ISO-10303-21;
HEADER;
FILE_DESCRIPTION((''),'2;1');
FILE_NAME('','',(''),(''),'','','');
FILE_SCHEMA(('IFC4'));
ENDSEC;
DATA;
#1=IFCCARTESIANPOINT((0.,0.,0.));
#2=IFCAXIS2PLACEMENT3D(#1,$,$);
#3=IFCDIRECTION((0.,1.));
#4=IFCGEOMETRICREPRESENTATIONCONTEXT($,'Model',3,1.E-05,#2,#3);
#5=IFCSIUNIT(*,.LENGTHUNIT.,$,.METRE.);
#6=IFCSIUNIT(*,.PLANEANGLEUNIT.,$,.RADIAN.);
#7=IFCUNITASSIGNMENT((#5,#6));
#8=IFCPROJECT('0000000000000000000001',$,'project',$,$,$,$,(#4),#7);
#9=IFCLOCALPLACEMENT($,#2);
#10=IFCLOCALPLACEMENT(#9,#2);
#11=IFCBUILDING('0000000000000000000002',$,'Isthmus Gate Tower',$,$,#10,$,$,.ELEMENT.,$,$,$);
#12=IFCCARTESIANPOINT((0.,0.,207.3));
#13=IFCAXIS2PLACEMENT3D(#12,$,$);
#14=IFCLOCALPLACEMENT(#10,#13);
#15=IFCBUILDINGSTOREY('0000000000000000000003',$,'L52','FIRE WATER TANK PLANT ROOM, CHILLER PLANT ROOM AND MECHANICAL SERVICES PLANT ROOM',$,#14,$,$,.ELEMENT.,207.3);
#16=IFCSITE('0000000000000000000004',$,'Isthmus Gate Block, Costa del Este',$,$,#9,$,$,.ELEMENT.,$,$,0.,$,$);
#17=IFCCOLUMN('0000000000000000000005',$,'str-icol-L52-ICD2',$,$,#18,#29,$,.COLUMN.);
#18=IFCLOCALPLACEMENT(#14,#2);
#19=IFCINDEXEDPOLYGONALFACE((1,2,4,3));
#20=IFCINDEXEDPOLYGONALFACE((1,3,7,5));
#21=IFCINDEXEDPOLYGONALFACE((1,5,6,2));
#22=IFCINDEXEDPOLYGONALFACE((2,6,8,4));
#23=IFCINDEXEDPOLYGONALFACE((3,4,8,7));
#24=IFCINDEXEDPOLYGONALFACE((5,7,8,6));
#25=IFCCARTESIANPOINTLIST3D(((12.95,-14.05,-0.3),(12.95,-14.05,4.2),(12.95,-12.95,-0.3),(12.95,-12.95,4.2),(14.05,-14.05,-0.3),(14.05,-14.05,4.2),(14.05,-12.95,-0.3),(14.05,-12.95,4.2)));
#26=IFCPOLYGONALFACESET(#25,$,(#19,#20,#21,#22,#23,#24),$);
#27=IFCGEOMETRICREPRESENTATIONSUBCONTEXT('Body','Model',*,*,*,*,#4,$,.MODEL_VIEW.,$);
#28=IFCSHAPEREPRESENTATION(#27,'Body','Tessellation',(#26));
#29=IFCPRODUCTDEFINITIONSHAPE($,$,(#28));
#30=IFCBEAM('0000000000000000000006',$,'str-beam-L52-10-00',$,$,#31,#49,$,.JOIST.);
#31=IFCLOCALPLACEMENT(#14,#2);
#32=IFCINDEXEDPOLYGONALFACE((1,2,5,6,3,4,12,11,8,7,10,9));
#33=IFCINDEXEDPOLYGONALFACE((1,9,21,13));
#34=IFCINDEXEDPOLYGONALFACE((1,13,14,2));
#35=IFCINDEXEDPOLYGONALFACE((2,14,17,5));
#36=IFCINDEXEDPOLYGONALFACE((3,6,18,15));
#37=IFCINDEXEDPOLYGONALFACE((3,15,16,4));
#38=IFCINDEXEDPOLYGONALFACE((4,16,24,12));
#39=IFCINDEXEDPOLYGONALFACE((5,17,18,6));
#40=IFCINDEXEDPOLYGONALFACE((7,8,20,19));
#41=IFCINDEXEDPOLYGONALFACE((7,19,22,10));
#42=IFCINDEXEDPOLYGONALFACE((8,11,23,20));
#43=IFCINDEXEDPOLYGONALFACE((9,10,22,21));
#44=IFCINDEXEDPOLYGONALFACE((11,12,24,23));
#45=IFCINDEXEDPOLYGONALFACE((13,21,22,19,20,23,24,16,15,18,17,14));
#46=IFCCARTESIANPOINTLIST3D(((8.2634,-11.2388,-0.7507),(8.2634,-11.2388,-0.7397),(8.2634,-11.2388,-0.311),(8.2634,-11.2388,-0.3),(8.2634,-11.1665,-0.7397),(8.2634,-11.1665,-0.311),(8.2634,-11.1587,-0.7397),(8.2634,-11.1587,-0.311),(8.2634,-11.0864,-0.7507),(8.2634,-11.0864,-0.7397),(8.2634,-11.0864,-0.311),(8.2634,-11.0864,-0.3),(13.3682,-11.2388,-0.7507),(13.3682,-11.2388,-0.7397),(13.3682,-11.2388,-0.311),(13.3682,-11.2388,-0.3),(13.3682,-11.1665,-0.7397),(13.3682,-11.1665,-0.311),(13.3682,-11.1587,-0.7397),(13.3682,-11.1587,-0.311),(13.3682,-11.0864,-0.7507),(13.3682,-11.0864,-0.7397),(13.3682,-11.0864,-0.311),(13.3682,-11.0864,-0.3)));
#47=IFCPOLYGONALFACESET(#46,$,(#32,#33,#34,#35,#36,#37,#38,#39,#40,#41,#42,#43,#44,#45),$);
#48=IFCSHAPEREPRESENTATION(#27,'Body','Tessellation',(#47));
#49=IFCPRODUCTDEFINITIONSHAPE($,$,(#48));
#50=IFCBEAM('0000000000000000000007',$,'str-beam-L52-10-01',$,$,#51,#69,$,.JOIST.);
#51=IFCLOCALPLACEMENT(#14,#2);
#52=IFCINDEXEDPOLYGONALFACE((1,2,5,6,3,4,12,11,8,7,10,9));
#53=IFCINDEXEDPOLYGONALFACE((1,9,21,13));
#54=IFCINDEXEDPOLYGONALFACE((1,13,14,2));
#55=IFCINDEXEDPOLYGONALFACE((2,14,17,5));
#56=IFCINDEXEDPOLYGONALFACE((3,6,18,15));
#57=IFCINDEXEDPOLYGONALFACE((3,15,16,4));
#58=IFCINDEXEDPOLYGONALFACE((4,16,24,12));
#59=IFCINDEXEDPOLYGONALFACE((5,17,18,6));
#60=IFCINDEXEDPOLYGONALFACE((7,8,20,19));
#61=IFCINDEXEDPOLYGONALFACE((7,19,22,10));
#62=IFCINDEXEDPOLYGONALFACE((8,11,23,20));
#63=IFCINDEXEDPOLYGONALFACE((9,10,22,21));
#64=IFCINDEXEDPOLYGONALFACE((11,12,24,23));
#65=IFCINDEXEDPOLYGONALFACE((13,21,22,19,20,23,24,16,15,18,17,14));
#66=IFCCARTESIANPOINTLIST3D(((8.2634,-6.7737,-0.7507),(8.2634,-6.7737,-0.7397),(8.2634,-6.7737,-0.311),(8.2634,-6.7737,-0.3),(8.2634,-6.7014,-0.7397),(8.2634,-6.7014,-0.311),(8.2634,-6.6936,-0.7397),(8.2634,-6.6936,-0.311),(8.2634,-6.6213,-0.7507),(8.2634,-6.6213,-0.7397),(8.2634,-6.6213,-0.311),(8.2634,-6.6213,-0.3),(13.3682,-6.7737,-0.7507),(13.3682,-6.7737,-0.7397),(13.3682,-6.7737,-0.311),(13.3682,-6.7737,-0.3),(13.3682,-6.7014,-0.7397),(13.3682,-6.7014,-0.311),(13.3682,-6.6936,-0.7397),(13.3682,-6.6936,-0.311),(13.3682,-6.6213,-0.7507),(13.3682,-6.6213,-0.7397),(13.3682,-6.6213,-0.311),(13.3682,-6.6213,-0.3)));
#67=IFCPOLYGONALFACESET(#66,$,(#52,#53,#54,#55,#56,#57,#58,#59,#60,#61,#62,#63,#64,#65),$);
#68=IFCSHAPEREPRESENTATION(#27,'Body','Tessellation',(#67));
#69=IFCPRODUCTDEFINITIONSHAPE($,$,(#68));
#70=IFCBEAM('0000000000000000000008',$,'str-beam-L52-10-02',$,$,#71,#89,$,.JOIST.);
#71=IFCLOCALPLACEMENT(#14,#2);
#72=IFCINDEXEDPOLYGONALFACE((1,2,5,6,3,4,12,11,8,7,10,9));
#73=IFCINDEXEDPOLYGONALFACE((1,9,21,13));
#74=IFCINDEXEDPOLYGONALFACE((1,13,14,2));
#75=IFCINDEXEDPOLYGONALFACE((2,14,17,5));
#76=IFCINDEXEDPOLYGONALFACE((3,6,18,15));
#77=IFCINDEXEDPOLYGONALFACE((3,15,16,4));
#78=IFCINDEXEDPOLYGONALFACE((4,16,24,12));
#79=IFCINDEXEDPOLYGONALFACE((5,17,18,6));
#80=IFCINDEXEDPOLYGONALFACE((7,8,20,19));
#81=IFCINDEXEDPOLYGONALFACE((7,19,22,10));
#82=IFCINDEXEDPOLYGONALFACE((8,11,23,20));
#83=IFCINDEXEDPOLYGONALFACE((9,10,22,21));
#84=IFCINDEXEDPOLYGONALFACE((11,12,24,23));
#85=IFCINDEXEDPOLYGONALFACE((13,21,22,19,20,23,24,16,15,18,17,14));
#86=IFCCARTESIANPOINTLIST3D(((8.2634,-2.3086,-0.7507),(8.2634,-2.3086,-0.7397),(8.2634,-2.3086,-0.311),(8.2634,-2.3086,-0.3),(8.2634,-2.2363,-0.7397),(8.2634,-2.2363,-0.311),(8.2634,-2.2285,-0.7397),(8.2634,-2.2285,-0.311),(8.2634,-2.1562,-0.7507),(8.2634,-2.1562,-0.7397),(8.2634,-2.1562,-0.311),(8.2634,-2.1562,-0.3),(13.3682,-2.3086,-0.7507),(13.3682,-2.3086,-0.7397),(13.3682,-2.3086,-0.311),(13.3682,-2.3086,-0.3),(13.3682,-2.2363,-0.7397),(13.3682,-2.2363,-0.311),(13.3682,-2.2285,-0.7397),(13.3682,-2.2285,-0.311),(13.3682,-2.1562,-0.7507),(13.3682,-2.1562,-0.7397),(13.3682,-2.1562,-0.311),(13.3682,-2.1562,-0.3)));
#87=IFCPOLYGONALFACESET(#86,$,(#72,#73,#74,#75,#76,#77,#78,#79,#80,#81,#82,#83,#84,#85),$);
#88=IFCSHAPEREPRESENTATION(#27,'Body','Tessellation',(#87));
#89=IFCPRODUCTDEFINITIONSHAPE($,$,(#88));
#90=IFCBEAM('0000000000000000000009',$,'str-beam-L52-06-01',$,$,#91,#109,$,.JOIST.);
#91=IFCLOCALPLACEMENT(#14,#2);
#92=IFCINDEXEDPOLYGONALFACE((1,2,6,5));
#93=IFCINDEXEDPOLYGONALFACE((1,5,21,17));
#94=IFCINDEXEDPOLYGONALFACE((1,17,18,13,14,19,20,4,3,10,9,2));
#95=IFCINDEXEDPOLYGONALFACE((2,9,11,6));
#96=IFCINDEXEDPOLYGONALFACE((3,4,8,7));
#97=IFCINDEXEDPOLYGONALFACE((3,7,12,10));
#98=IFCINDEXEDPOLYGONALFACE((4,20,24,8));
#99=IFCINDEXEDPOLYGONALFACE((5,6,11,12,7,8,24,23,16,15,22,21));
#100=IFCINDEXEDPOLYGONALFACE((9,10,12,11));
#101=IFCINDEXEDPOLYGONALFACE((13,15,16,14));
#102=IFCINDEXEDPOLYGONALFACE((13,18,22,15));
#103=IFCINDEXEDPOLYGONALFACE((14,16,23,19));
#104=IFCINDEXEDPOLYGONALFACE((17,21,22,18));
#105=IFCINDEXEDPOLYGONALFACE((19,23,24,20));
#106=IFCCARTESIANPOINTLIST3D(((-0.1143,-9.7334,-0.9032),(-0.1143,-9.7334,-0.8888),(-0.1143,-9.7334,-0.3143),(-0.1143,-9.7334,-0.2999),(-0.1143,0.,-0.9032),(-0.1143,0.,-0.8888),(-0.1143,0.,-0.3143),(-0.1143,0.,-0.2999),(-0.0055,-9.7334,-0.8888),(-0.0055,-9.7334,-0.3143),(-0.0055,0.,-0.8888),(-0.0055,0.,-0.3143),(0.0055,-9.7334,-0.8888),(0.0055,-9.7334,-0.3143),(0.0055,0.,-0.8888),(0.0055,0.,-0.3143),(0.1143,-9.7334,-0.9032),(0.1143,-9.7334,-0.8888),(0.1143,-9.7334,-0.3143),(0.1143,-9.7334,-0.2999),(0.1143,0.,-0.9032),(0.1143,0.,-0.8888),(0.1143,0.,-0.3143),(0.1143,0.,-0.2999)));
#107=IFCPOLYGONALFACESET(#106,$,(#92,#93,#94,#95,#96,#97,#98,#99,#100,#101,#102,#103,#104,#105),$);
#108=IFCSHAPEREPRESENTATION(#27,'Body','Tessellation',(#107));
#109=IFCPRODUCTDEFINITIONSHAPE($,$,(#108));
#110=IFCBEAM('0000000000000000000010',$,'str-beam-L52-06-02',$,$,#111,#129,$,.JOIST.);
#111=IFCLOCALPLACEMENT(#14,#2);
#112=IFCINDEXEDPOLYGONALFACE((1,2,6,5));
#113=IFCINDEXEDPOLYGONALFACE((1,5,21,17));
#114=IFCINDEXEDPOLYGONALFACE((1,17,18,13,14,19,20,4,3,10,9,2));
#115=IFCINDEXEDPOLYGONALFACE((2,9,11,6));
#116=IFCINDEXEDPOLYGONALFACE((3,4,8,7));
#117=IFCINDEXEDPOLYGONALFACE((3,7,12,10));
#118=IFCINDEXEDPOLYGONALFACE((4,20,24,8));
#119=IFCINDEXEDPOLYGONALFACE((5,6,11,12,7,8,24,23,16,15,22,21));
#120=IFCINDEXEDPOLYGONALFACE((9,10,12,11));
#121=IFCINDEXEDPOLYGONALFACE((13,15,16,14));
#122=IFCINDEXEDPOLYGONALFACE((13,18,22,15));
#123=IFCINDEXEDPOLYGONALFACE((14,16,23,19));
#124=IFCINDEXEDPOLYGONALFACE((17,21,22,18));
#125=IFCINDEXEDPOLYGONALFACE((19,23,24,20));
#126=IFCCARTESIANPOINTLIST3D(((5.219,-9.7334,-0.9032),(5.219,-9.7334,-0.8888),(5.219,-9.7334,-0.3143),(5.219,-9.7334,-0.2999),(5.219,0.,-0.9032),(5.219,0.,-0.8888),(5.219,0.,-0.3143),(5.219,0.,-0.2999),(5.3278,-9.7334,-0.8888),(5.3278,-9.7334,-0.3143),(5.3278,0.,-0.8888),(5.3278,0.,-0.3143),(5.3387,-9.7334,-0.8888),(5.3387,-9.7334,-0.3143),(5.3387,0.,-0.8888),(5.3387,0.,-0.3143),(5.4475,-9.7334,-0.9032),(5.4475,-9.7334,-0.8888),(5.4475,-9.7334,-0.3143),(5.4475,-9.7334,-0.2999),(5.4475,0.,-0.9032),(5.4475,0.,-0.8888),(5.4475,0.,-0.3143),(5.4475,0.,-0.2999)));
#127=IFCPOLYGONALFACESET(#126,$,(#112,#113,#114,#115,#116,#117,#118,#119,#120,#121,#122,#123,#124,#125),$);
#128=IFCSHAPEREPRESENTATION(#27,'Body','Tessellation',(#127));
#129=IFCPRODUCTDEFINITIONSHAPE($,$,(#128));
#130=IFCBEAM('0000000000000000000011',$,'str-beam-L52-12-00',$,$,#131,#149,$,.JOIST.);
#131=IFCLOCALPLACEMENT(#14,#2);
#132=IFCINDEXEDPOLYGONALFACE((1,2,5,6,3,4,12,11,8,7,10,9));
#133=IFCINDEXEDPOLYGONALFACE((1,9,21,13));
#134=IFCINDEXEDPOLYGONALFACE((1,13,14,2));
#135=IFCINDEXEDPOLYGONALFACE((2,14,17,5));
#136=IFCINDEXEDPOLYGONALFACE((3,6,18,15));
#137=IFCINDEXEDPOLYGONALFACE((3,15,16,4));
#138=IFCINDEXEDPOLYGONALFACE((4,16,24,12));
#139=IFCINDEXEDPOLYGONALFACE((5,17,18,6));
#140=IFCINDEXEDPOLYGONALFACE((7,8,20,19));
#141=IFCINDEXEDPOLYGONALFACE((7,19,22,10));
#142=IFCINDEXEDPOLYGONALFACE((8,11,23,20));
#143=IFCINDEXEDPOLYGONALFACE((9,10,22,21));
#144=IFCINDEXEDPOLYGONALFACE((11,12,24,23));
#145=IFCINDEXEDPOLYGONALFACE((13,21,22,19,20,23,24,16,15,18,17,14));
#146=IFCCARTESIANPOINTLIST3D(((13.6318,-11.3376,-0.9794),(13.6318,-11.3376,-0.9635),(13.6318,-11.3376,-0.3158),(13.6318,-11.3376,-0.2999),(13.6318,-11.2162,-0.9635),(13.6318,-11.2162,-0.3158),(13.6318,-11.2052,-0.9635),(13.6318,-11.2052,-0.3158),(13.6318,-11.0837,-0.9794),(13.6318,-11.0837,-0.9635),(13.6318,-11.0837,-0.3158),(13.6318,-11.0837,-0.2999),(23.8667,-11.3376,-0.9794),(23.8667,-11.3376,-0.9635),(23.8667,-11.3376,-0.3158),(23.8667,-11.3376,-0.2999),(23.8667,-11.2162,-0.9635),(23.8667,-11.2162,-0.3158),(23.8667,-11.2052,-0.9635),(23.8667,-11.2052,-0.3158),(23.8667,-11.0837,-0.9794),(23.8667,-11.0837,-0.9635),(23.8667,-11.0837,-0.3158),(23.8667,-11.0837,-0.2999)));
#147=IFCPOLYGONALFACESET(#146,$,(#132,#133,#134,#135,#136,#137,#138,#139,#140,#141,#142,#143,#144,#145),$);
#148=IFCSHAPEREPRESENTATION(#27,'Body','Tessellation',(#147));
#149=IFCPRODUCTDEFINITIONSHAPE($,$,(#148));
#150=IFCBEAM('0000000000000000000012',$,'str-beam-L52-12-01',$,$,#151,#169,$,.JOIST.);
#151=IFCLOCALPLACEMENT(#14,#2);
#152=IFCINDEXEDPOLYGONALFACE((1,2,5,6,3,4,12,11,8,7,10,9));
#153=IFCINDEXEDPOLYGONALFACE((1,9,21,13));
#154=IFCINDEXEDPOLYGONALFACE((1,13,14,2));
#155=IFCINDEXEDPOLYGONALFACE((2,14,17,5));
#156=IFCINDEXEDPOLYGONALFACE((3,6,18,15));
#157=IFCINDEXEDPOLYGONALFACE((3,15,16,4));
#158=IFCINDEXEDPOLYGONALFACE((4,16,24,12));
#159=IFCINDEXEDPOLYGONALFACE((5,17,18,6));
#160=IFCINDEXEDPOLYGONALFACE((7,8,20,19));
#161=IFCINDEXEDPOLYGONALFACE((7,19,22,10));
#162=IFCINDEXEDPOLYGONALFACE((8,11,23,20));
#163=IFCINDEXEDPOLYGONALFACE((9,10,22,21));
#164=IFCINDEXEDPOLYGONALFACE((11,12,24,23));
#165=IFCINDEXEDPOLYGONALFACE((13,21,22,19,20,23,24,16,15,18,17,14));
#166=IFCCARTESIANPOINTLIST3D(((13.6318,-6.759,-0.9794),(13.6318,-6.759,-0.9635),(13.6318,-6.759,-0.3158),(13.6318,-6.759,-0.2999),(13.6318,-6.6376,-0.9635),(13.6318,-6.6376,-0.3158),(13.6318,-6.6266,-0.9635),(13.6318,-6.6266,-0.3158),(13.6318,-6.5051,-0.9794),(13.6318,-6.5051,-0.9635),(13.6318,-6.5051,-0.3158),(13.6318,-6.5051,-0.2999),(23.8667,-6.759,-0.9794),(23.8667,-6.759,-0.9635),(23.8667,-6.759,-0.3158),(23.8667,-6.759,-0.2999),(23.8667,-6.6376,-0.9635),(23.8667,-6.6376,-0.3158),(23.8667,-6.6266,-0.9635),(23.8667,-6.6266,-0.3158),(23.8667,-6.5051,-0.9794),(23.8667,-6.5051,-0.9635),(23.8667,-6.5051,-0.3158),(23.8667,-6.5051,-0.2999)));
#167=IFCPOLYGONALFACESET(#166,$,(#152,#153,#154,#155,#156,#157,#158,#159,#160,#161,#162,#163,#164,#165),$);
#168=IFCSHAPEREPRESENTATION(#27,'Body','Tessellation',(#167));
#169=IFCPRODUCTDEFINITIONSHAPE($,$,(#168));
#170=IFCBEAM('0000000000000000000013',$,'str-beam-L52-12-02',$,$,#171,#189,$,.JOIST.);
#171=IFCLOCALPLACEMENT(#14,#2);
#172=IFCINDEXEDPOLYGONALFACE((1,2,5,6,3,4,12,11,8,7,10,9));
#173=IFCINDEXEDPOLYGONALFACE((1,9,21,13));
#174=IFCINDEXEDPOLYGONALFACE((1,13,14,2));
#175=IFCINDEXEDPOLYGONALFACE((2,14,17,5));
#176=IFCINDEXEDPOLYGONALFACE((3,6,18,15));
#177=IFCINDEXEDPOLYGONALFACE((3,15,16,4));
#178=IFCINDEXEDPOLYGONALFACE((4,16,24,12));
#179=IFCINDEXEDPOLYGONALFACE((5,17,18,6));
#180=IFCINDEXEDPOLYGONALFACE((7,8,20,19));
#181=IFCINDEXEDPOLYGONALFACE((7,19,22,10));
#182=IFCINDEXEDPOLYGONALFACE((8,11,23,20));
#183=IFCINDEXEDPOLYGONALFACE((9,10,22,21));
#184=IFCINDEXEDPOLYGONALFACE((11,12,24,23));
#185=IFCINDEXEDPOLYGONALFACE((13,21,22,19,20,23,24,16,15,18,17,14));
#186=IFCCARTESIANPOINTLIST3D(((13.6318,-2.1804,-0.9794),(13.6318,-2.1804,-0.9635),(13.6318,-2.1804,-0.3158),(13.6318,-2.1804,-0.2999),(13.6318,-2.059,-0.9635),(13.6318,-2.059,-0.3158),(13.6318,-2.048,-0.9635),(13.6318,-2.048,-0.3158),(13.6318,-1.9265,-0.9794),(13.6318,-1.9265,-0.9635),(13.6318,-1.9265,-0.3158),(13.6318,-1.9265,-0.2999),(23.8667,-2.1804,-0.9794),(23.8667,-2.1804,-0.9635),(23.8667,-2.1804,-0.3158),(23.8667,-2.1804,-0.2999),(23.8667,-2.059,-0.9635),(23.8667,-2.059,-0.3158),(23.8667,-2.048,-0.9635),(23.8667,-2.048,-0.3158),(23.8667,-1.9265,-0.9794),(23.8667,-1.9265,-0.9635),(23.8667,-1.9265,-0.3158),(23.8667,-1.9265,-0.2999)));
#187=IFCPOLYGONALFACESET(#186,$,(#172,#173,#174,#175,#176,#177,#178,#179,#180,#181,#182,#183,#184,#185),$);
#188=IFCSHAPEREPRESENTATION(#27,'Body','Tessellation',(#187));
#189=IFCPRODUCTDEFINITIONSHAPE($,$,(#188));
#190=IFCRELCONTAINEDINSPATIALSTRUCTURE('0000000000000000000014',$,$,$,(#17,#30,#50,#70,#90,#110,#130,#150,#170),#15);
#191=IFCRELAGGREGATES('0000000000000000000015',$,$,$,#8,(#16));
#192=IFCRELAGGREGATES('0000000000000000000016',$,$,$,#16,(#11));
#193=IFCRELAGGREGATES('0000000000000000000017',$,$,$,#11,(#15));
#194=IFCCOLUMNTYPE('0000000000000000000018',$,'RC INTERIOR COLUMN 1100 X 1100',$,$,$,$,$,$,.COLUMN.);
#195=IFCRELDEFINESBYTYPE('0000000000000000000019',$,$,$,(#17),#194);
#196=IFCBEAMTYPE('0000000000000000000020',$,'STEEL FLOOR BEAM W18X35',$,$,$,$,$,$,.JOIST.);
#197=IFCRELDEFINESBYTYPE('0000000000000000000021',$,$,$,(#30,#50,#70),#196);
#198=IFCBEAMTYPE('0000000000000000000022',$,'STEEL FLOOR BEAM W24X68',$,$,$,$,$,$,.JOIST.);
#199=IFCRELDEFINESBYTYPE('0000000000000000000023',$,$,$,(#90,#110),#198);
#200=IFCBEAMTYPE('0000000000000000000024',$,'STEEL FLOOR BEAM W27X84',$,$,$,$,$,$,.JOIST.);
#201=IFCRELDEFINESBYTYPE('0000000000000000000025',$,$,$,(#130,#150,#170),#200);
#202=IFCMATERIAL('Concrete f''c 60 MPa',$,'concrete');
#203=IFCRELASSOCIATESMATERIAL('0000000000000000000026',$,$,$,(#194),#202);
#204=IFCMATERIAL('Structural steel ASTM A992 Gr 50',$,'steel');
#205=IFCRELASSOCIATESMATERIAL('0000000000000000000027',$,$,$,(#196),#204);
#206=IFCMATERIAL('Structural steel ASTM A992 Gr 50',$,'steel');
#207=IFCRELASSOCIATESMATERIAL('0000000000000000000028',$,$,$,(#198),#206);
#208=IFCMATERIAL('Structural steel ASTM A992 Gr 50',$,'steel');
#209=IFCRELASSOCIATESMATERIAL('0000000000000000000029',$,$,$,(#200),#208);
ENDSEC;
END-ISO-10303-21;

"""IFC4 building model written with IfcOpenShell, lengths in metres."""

from ifc_helpers import new_model, si_unit, direction, frame, origin, origin_2d, place, context, subcontext, project, spatial, rectangle, i_section, extrude, material, material_profile, profile_set, type_object, element, save


model = new_model("IFC4")

# Units and contexts
model_context = context("Model", 3, precision=1e-05, world=origin(), true_north=direction((0.0, 1.0)))
body_context = subcontext(model_context, "Body", "Model", "MODEL_VIEW")
ifc_project = project(units=[si_unit("LENGTHUNIT", "METRE"), si_unit("PLANEANGLEUNIT", "RADIAN")], contexts=[model_context])

# Site, building, storey
site_placement = place(None, origin())
site = spatial("IfcSite", under=ifc_project, at=site_placement, Name="Isthmus Gate Block, Costa del Este", CompositionType="ELEMENT", RefElevation=0.0)
building_placement = place(site_placement, origin())
building = spatial("IfcBuilding", under=site, at=building_placement, Name="Isthmus Gate Tower", CompositionType="ELEMENT")
storey_placement = place(building_placement, frame((0.0, 0.0, 207.3)))
storey = spatial("IfcBuildingStorey", under=building, at=storey_placement, Name="L52", Description="FIRE WATER TANK PLANT ROOM, CHILLER PLANT ROOM AND MECHANICAL SERVICES PLANT ROOM", CompositionType="ELEMENT", Elevation=207.3)

# Column
ifc_material_1 = material(Name="Concrete f'c 60 MPa", Category="concrete")
ifc_material_profile_1 = material_profile(ifc_material_1, rectangle(XDim=1.1001, YDim=1.1001, at=origin_2d()), Name="RC 1100X1100")
ifc_profile_set_1 = profile_set([ifc_material_profile_1], Name="Concrete f'c 60 MPa")
column_type = type_object("IfcColumnType", Name="RC INTERIOR COLUMN 1100 X 1100", PredefinedType="COLUMN", material=ifc_profile_set_1)
column_placement = place(storey_placement, frame((13.5, -13.5, -0.3), z_axis=(0.0, 0.0, 1.0), x_axis=(1.0, 0.0, 0.0)))
element("IfcColumn", 1, at=column_placement, inside=storey, type_object=column_type, Name="str-icol-L52-ICD2", PredefinedType="COLUMN", context=body_context, shape_type="SweptSolid", body=[
    extrude(rectangle(XDim=1.1001, YDim=1.1001, at=origin_2d()), origin(), (0.0, 0.0, 1.0), 4.5),
])

# Beams
ifc_material_2 = material(Name="Structural steel ASTM A992 Gr 50", Category="steel")
ifc_material_profile_2 = material_profile(ifc_material_2, i_section(OverallWidth=0.1523, OverallDepth=0.4507, WebThickness=0.0078, FlangeThickness=0.011, at=origin_2d()), Name="W18X35")
ifc_profile_set_2 = profile_set([ifc_material_profile_2], Name="Structural steel ASTM A992 Gr 50")
beam_type_1 = type_object("IfcBeamType", Name="STEEL FLOOR BEAM W18X35", PredefinedType="JOIST", material=ifc_profile_set_2)
for number, where, z_axis, x_axis, name in (
    (2, (8.2634, -11.1626, -0.5254), (1.0, 0.0, 0.0), (0.0, 1.0, 0.0), "str-beam-L52-10-00"),
    (3, (8.2634, -6.6975, -0.5254), (1.0, 0.0, 0.0), (0.0, 1.0, 0.0), "str-beam-L52-10-01"),
    (4, (8.2634, -2.2324, -0.5254), (1.0, 0.0, 0.0), (0.0, 1.0, 0.0), "str-beam-L52-10-02"),
):
    element("IfcBeam", number, at=place(storey_placement, frame(where, z_axis=z_axis, x_axis=x_axis)), inside=storey, type_object=beam_type_1, Name=name, PredefinedType="JOIST", context=body_context, shape_type="SweptSolid", body=[
        extrude(i_section(OverallWidth=0.1523, OverallDepth=0.4507, WebThickness=0.0078, FlangeThickness=0.011, at=origin_2d()), origin(), (0.0, 0.0, 1.0), 5.1047),
    ])
ifc_material_3 = material(Name="Structural steel ASTM A992 Gr 50", Category="steel")
ifc_material_profile_3 = material_profile(ifc_material_3, i_section(OverallWidth=0.2285, OverallDepth=0.6033, WebThickness=0.011, FlangeThickness=0.0144, at=origin_2d()), Name="W24X68")
ifc_profile_set_3 = profile_set([ifc_material_profile_3], Name="Structural steel ASTM A992 Gr 50")
beam_type_2 = type_object("IfcBeamType", Name="STEEL FLOOR BEAM W24X68", PredefinedType="JOIST", material=ifc_profile_set_3)
for number, where, z_axis, x_axis, name in (
    (5, (0.0, -9.7334, -0.6016), (0.0, 1.0, 0.0), (-1.0, 0.0, 0.0), "str-beam-L52-06-01"),
    (6, (5.3333, -9.7334, -0.6016), (0.0, 1.0, 0.0), (-1.0, 0.0, 0.0), "str-beam-L52-06-02"),
):
    element("IfcBeam", number, at=place(storey_placement, frame(where, z_axis=z_axis, x_axis=x_axis)), inside=storey, type_object=beam_type_2, Name=name, PredefinedType="JOIST", context=body_context, shape_type="SweptSolid", body=[
        extrude(i_section(OverallWidth=0.2285, OverallDepth=0.6033, WebThickness=0.011, FlangeThickness=0.0144, at=origin_2d()), origin(), (0.0, 0.0, 1.0), 9.7334),
    ])
ifc_material_4 = material(Name="Structural steel ASTM A992 Gr 50", Category="steel")
ifc_material_profile_4 = material_profile(ifc_material_4, i_section(OverallWidth=0.2539, OverallDepth=0.6794, WebThickness=0.011, FlangeThickness=0.0159, at=origin_2d()), Name="W27X84")
ifc_profile_set_4 = profile_set([ifc_material_profile_4], Name="Structural steel ASTM A992 Gr 50")
beam_type_3 = type_object("IfcBeamType", Name="STEEL FLOOR BEAM W27X84", PredefinedType="JOIST", material=ifc_profile_set_4)
for number, where, z_axis, x_axis, name in (
    (7, (13.6318, -11.2107, -0.6396), (1.0, 0.0, 0.0), (0.0, 1.0, 0.0), "str-beam-L52-12-00"),
    (8, (13.6318, -6.6321, -0.6396), (1.0, 0.0, 0.0), (0.0, 1.0, 0.0), "str-beam-L52-12-01"),
    (9, (13.6318, -2.0535, -0.6396), (1.0, 0.0, 0.0), (0.0, 1.0, 0.0), "str-beam-L52-12-02"),
):
    element("IfcBeam", number, at=place(storey_placement, frame(where, z_axis=z_axis, x_axis=x_axis)), inside=storey, type_object=beam_type_3, Name=name, PredefinedType="JOIST", context=body_context, shape_type="SweptSolid", body=[
        extrude(i_section(OverallWidth=0.2539, OverallDepth=0.6794, WebThickness=0.011, FlangeThickness=0.0159, at=origin_2d()), origin(), (0.0, 0.0, 1.0), 10.2349),
    ])

save(model, "model.ifc")
